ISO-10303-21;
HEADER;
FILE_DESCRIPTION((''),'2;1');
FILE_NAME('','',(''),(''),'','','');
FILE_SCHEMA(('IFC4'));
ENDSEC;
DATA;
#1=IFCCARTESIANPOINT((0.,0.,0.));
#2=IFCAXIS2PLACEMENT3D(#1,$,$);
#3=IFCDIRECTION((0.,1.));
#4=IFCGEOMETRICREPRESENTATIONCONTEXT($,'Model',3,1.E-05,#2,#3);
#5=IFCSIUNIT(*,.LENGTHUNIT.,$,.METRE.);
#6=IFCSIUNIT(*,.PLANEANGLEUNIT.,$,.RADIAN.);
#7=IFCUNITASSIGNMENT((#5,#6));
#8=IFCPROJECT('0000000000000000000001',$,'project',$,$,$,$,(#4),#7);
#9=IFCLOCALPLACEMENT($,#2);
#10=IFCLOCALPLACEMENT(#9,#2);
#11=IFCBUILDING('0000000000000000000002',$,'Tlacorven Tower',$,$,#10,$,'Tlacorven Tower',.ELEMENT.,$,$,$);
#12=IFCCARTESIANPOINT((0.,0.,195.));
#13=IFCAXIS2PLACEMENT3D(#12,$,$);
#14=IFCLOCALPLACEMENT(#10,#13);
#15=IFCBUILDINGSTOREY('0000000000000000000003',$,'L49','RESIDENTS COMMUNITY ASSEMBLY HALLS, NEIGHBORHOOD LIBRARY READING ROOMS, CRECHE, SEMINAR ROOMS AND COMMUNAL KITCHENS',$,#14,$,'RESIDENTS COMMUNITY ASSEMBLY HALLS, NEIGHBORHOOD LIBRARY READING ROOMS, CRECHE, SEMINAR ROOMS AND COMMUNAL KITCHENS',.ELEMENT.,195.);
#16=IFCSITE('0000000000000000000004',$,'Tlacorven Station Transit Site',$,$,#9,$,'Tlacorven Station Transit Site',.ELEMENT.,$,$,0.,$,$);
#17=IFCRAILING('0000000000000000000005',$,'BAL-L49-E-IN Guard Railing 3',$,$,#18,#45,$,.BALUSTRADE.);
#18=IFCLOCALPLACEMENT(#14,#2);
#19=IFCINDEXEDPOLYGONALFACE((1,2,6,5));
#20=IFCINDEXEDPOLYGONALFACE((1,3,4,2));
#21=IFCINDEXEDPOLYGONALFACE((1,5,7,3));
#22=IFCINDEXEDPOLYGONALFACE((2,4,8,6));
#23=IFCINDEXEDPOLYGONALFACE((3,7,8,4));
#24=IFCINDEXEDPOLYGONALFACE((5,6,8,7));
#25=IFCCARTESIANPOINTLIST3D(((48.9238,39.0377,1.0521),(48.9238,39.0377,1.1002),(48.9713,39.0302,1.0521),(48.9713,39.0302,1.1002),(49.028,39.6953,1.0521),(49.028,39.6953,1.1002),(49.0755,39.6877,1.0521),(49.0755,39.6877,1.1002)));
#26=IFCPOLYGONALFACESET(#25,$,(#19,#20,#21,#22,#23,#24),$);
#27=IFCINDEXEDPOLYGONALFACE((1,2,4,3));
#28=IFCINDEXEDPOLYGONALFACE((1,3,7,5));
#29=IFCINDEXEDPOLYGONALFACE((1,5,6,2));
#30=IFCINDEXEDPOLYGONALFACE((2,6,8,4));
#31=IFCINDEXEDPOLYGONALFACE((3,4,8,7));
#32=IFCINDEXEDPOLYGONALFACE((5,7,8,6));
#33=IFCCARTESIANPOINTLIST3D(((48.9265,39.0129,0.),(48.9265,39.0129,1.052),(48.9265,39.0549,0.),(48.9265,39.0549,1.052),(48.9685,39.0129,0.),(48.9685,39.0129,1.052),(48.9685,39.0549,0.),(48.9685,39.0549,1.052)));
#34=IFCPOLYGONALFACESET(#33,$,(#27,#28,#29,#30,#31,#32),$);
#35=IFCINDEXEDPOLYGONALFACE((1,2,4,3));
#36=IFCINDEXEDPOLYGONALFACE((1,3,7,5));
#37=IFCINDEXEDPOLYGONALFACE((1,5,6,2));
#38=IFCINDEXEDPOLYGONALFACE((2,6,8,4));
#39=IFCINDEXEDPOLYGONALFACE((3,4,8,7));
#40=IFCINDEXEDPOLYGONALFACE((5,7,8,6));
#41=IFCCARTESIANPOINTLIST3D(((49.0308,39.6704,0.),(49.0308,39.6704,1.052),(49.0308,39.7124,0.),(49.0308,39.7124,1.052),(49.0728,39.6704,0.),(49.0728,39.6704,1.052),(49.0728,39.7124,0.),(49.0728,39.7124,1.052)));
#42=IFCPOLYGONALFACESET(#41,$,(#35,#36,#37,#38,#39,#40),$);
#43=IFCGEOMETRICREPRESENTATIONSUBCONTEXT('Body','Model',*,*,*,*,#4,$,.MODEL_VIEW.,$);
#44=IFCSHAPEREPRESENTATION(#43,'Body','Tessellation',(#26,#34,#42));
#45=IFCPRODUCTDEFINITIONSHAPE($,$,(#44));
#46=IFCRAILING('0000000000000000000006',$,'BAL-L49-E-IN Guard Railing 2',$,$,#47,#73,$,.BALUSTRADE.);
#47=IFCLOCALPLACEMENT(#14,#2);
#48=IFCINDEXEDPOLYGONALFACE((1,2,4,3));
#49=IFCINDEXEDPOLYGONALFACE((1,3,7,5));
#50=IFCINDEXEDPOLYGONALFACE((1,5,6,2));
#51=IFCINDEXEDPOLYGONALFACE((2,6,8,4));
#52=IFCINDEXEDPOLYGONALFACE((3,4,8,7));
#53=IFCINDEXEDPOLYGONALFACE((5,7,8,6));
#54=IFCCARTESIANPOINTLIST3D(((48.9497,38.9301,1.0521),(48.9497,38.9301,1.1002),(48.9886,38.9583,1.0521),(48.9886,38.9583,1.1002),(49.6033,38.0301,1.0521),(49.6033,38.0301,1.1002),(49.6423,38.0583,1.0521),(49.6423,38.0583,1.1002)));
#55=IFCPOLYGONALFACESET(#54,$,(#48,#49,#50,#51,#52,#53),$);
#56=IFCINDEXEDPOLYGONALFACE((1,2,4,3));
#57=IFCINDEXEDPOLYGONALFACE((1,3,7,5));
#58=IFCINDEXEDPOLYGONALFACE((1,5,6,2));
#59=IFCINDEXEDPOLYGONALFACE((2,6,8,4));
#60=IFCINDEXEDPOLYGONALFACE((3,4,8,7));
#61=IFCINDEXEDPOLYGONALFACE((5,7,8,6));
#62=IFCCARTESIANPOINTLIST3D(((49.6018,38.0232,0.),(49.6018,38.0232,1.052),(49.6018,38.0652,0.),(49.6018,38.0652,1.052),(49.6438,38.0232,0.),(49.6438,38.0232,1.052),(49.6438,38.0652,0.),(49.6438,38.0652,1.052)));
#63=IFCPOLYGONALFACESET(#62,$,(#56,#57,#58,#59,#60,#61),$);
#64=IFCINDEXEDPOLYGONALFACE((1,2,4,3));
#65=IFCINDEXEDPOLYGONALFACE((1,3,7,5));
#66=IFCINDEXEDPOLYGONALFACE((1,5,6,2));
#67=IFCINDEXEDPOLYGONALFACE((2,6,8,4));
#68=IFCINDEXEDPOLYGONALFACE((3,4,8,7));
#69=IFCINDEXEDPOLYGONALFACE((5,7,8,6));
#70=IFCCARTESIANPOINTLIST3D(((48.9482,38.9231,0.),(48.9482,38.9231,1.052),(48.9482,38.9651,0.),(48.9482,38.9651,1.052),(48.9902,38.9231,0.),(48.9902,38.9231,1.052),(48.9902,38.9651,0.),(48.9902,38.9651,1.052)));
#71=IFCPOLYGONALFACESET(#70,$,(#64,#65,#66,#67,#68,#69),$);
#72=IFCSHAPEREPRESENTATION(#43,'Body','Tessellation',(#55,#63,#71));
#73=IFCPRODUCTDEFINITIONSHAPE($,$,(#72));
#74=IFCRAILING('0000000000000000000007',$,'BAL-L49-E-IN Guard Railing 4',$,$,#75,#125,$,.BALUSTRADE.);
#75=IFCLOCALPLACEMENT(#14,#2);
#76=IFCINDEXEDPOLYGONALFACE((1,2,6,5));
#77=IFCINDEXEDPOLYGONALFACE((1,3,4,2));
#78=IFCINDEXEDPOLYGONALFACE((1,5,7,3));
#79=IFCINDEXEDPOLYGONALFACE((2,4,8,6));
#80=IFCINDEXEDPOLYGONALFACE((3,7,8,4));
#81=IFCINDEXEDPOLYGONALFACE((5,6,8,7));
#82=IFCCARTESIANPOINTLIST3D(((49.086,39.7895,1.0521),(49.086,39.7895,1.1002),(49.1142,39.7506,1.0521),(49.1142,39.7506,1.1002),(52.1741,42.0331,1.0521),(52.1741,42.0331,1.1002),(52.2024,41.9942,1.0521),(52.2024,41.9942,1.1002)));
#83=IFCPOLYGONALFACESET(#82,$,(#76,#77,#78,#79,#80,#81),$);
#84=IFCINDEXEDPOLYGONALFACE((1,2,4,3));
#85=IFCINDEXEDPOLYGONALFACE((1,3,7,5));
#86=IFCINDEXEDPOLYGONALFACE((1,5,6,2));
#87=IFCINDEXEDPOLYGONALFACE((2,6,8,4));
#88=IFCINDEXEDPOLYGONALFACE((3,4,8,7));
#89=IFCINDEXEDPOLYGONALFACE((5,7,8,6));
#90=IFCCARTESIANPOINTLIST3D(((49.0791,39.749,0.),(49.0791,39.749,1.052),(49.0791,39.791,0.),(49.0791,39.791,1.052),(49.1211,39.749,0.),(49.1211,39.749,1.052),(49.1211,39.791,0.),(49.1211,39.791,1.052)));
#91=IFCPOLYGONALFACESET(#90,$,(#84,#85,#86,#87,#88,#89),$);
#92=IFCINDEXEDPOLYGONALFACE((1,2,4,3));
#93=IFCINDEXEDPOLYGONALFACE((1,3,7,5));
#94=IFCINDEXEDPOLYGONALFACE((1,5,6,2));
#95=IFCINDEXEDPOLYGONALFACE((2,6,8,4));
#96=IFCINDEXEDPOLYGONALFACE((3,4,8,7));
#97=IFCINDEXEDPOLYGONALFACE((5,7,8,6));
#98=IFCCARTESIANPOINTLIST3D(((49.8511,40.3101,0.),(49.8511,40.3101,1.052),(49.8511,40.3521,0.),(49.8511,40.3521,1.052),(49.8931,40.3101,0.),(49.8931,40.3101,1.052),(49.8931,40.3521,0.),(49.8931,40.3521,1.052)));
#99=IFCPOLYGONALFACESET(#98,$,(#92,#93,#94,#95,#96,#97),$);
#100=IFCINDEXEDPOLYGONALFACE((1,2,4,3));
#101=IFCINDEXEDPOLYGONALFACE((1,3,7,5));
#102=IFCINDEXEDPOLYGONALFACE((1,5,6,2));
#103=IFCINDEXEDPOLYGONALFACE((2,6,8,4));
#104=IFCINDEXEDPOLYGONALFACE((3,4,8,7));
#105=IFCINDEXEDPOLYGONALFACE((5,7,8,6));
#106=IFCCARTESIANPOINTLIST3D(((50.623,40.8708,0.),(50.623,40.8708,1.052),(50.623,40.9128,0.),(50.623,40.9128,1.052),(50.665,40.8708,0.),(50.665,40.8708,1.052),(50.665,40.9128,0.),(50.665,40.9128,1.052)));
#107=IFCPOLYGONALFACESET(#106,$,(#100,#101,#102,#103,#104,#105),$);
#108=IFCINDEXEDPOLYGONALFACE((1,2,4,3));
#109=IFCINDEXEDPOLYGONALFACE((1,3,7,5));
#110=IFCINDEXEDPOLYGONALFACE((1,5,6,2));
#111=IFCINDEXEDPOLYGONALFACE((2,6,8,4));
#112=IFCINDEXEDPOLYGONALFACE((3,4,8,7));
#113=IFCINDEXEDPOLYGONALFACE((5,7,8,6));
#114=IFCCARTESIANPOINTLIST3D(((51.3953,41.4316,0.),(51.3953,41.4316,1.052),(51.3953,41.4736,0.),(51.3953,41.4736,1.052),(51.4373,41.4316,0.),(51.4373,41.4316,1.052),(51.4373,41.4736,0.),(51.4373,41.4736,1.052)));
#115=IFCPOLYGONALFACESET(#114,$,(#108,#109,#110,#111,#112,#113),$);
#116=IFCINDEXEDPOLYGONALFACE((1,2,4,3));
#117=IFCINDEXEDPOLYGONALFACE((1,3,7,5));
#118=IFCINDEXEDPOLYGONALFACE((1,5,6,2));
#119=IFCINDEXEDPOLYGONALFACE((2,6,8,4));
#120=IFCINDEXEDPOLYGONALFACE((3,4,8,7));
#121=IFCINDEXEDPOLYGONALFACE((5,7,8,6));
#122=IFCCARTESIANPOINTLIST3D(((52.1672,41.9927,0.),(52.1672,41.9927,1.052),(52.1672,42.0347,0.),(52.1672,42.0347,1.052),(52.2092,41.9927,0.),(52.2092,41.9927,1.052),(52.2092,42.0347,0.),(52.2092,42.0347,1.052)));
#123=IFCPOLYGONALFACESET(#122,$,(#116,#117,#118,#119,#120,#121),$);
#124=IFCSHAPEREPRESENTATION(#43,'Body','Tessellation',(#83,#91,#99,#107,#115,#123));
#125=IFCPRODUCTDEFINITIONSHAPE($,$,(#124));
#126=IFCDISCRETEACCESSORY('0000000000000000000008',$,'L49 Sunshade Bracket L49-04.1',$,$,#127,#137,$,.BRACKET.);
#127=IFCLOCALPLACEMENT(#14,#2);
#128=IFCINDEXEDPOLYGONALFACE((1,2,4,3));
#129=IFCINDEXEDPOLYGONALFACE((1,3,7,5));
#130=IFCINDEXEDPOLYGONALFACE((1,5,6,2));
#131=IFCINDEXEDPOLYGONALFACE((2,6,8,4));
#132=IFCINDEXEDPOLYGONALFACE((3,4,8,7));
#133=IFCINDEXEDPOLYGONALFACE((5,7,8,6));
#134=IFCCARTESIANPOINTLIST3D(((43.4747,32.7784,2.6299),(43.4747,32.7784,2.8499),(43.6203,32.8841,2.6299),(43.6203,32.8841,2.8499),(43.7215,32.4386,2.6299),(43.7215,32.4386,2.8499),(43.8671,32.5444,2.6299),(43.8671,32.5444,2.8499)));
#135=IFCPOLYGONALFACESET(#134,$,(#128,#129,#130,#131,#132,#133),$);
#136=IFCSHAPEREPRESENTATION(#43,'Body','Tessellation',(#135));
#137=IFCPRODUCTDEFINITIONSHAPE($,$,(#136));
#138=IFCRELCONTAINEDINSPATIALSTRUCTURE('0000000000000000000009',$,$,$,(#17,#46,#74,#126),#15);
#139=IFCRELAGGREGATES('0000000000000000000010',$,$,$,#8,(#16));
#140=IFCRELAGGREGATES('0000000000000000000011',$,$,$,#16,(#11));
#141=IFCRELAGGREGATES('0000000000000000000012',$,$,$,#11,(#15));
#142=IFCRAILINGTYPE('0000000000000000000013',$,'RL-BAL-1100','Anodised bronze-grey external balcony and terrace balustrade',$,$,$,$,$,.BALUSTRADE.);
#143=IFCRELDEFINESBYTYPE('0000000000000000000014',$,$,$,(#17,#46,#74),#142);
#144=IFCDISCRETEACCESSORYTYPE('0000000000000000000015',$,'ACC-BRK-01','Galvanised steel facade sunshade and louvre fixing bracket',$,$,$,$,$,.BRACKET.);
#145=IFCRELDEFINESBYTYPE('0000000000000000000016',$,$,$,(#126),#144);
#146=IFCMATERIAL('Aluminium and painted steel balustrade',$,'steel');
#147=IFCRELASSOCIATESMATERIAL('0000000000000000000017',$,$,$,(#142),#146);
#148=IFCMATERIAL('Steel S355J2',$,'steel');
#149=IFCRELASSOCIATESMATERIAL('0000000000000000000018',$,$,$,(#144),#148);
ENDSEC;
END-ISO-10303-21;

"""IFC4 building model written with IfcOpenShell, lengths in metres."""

from ifc_helpers import new_model, si_unit, direction, frame, origin, origin_2d, place, context, subcontext, project, spatial, rectangle, extrude, source, transform, mapped, material, type_object, element, save


model = new_model("IFC4")

# Units and contexts
model_context = context("Model", 3, precision=1e-05, world=origin(), true_north=direction((0.0, 1.0)))
body_context = subcontext(model_context, "Body", "Model", "MODEL_VIEW")
ifc_project = project(units=[si_unit("LENGTHUNIT", "METRE"), si_unit("PLANEANGLEUNIT", "RADIAN")], contexts=[model_context])

# Site, building, storey
site_placement = place(None, origin())
site = spatial("IfcSite", under=ifc_project, at=site_placement, Name="Tlacorven Station Transit Site", LongName="Tlacorven Station Transit Site", CompositionType="ELEMENT", RefElevation=0.0)
building_placement = place(site_placement, origin())
building = spatial("IfcBuilding", under=site, at=building_placement, Name="Tlacorven Tower", LongName="Tlacorven Tower", CompositionType="ELEMENT")
storey_placement = place(building_placement, frame((0.0, 0.0, 195.0)))
storey = spatial("IfcBuildingStorey", under=building, at=storey_placement, Name="L49", Description="RESIDENTS COMMUNITY ASSEMBLY HALLS, NEIGHBORHOOD LIBRARY READING ROOMS, CRECHE, SEMINAR ROOMS AND COMMUNAL KITCHENS", LongName="RESIDENTS COMMUNITY ASSEMBLY HALLS, NEIGHBORHOOD LIBRARY READING ROOMS, CRECHE, SEMINAR ROOMS AND COMMUNAL KITCHENS", CompositionType="ELEMENT", Elevation=195.0)

# Shared definitions
ifc_material_1 = material(Name="Steel S355J2", Category="steel")

# Railings
ifc_material_2 = material(Name="Aluminium and painted steel balustrade", Category="steel")
railing_type = type_object("IfcRailingType", Name="RL-BAL-1100", Description="Anodised bronze-grey external balcony and terrace balustrade", PredefinedType="BALUSTRADE", material=ifc_material_2)
shared_shape_1 = source(origin(), body_context, "Body", "SweptSolid", [
    extrude(rectangle(XDim=0.0481, YDim=0.0481, at=origin_2d()), frame((0.0, 0.0, 1.0762), z_axis=(0.156603, 0.987662, 0.0), x_axis=(-0.987662, 0.156603, 0.0)), (0.0, 0.0, 1.0), 0.6658),
    extrude(rectangle(XDim=0.042, YDim=0.042, at=origin_2d()), origin(), (0.0, 0.0, 1.0), 1.052),
    extrude(rectangle(XDim=0.042, YDim=0.042, at=origin_2d()), frame((0.1042, 0.6575, 0.0)), (0.0, 0.0, 1.0), 1.052),
])
railing_1_placement = place(storey_placement, frame((48.9475, 39.0339, 0.0)))
element("IfcRailing", 1, at=railing_1_placement, inside=storey, type_object=railing_type, Name="BAL-L49-E-IN Guard Railing 3", PredefinedType="BALUSTRADE", context=body_context, shape_type="MappedRepresentation", body=[
    mapped(shared_shape_1, transform((0.0, 0.0, 0.0), scale=1.0)),
])
shared_shape_2 = source(origin(), body_context, "Body", "SweptSolid", [
    extrude(rectangle(XDim=0.0481, YDim=0.0481, at=origin_2d()), frame((0.0, 0.0, 1.0762), z_axis=(-0.587636, 0.809125, 0.0), x_axis=(-0.809125, -0.587636, 0.0)), (0.0, 0.0, 1.0), 1.1123),
    extrude(rectangle(XDim=0.042, YDim=0.042, at=origin_2d()), origin(), (0.0, 0.0, 1.0), 1.052),
    extrude(rectangle(XDim=0.042, YDim=0.042, at=origin_2d()), frame((-0.6536, 0.8999, 0.0)), (0.0, 0.0, 1.0), 1.052),
])
railing_2_placement = place(storey_placement, frame((49.6228, 38.0442, 0.0)))
element("IfcRailing", 2, at=railing_2_placement, inside=storey, type_object=railing_type, Name="BAL-L49-E-IN Guard Railing 2", PredefinedType="BALUSTRADE", context=body_context, shape_type="MappedRepresentation", body=[
    mapped(shared_shape_2, transform((0.0, 0.0, 0.0), scale=1.0)),
])
shared_shape_3 = source(origin(), body_context, "Body", "SweptSolid", [
    extrude(rectangle(XDim=0.0481, YDim=0.0481, at=origin_2d()), frame((0.0, 0.0, 1.0762), z_axis=(0.809018, 0.587784, 0.0), x_axis=(-0.587784, 0.809018, 0.0)), (0.0, 0.0, 1.0), 3.8171),
    extrude(rectangle(XDim=0.042, YDim=0.042, at=origin_2d()), origin(), (0.0, 0.0, 1.0), 1.052),
    extrude(rectangle(XDim=0.042, YDim=0.042, at=origin_2d()), frame((0.772, 0.561, 0.0)), (0.0, 0.0, 1.0), 1.052),
    extrude(rectangle(XDim=0.042, YDim=0.042, at=origin_2d()), frame((1.5439, 1.1218, 0.0)), (0.0, 0.0, 1.0), 1.052),
    extrude(rectangle(XDim=0.042, YDim=0.042, at=origin_2d()), frame((2.3162, 1.6826, 0.0)), (0.0, 0.0, 1.0), 1.052),
    extrude(rectangle(XDim=0.042, YDim=0.042, at=origin_2d()), frame((3.0881, 2.2437, 0.0)), (0.0, 0.0, 1.0), 1.052),
])
railing_3_placement = place(storey_placement, frame((49.1001, 39.77, 0.0)))
element("IfcRailing", 3, at=railing_3_placement, inside=storey, type_object=railing_type, Name="BAL-L49-E-IN Guard Railing 4", PredefinedType="BALUSTRADE", context=body_context, shape_type="MappedRepresentation", body=[
    mapped(shared_shape_3, transform((0.0, 0.0, 0.0), scale=1.0)),
])

# Discrete accessory
discrete_accessory_type = type_object("IfcDiscreteAccessoryType", Name="ACC-BRK-01", Description="Galvanised steel facade sunshade and louvre fixing bracket", PredefinedType="BRACKET", material=ifc_material_1)
shared_shape_4 = source(origin(), body_context, "Body", "SweptSolid", [
    extrude(rectangle(XDim=0.1799, YDim=0.4199, at=origin_2d()), origin(), (0.0, 0.0, 1.0), 0.22),
])
discrete_accessory_placement = place(storey_placement, frame((43.6709, 32.6614, 2.6299), z_axis=(0.0, 0.0, 1.0), x_axis=(0.809017, 0.587786, 0.0)))
element("IfcDiscreteAccessory", 4, at=discrete_accessory_placement, inside=storey, type_object=discrete_accessory_type, Name="L49 Sunshade Bracket L49-04.1", PredefinedType="BRACKET", context=body_context, shape_type="MappedRepresentation", body=[
    mapped(shared_shape_4, transform((0.0, 0.0, 0.0), scale=1.0)),
])

save(model, "model.ifc")
